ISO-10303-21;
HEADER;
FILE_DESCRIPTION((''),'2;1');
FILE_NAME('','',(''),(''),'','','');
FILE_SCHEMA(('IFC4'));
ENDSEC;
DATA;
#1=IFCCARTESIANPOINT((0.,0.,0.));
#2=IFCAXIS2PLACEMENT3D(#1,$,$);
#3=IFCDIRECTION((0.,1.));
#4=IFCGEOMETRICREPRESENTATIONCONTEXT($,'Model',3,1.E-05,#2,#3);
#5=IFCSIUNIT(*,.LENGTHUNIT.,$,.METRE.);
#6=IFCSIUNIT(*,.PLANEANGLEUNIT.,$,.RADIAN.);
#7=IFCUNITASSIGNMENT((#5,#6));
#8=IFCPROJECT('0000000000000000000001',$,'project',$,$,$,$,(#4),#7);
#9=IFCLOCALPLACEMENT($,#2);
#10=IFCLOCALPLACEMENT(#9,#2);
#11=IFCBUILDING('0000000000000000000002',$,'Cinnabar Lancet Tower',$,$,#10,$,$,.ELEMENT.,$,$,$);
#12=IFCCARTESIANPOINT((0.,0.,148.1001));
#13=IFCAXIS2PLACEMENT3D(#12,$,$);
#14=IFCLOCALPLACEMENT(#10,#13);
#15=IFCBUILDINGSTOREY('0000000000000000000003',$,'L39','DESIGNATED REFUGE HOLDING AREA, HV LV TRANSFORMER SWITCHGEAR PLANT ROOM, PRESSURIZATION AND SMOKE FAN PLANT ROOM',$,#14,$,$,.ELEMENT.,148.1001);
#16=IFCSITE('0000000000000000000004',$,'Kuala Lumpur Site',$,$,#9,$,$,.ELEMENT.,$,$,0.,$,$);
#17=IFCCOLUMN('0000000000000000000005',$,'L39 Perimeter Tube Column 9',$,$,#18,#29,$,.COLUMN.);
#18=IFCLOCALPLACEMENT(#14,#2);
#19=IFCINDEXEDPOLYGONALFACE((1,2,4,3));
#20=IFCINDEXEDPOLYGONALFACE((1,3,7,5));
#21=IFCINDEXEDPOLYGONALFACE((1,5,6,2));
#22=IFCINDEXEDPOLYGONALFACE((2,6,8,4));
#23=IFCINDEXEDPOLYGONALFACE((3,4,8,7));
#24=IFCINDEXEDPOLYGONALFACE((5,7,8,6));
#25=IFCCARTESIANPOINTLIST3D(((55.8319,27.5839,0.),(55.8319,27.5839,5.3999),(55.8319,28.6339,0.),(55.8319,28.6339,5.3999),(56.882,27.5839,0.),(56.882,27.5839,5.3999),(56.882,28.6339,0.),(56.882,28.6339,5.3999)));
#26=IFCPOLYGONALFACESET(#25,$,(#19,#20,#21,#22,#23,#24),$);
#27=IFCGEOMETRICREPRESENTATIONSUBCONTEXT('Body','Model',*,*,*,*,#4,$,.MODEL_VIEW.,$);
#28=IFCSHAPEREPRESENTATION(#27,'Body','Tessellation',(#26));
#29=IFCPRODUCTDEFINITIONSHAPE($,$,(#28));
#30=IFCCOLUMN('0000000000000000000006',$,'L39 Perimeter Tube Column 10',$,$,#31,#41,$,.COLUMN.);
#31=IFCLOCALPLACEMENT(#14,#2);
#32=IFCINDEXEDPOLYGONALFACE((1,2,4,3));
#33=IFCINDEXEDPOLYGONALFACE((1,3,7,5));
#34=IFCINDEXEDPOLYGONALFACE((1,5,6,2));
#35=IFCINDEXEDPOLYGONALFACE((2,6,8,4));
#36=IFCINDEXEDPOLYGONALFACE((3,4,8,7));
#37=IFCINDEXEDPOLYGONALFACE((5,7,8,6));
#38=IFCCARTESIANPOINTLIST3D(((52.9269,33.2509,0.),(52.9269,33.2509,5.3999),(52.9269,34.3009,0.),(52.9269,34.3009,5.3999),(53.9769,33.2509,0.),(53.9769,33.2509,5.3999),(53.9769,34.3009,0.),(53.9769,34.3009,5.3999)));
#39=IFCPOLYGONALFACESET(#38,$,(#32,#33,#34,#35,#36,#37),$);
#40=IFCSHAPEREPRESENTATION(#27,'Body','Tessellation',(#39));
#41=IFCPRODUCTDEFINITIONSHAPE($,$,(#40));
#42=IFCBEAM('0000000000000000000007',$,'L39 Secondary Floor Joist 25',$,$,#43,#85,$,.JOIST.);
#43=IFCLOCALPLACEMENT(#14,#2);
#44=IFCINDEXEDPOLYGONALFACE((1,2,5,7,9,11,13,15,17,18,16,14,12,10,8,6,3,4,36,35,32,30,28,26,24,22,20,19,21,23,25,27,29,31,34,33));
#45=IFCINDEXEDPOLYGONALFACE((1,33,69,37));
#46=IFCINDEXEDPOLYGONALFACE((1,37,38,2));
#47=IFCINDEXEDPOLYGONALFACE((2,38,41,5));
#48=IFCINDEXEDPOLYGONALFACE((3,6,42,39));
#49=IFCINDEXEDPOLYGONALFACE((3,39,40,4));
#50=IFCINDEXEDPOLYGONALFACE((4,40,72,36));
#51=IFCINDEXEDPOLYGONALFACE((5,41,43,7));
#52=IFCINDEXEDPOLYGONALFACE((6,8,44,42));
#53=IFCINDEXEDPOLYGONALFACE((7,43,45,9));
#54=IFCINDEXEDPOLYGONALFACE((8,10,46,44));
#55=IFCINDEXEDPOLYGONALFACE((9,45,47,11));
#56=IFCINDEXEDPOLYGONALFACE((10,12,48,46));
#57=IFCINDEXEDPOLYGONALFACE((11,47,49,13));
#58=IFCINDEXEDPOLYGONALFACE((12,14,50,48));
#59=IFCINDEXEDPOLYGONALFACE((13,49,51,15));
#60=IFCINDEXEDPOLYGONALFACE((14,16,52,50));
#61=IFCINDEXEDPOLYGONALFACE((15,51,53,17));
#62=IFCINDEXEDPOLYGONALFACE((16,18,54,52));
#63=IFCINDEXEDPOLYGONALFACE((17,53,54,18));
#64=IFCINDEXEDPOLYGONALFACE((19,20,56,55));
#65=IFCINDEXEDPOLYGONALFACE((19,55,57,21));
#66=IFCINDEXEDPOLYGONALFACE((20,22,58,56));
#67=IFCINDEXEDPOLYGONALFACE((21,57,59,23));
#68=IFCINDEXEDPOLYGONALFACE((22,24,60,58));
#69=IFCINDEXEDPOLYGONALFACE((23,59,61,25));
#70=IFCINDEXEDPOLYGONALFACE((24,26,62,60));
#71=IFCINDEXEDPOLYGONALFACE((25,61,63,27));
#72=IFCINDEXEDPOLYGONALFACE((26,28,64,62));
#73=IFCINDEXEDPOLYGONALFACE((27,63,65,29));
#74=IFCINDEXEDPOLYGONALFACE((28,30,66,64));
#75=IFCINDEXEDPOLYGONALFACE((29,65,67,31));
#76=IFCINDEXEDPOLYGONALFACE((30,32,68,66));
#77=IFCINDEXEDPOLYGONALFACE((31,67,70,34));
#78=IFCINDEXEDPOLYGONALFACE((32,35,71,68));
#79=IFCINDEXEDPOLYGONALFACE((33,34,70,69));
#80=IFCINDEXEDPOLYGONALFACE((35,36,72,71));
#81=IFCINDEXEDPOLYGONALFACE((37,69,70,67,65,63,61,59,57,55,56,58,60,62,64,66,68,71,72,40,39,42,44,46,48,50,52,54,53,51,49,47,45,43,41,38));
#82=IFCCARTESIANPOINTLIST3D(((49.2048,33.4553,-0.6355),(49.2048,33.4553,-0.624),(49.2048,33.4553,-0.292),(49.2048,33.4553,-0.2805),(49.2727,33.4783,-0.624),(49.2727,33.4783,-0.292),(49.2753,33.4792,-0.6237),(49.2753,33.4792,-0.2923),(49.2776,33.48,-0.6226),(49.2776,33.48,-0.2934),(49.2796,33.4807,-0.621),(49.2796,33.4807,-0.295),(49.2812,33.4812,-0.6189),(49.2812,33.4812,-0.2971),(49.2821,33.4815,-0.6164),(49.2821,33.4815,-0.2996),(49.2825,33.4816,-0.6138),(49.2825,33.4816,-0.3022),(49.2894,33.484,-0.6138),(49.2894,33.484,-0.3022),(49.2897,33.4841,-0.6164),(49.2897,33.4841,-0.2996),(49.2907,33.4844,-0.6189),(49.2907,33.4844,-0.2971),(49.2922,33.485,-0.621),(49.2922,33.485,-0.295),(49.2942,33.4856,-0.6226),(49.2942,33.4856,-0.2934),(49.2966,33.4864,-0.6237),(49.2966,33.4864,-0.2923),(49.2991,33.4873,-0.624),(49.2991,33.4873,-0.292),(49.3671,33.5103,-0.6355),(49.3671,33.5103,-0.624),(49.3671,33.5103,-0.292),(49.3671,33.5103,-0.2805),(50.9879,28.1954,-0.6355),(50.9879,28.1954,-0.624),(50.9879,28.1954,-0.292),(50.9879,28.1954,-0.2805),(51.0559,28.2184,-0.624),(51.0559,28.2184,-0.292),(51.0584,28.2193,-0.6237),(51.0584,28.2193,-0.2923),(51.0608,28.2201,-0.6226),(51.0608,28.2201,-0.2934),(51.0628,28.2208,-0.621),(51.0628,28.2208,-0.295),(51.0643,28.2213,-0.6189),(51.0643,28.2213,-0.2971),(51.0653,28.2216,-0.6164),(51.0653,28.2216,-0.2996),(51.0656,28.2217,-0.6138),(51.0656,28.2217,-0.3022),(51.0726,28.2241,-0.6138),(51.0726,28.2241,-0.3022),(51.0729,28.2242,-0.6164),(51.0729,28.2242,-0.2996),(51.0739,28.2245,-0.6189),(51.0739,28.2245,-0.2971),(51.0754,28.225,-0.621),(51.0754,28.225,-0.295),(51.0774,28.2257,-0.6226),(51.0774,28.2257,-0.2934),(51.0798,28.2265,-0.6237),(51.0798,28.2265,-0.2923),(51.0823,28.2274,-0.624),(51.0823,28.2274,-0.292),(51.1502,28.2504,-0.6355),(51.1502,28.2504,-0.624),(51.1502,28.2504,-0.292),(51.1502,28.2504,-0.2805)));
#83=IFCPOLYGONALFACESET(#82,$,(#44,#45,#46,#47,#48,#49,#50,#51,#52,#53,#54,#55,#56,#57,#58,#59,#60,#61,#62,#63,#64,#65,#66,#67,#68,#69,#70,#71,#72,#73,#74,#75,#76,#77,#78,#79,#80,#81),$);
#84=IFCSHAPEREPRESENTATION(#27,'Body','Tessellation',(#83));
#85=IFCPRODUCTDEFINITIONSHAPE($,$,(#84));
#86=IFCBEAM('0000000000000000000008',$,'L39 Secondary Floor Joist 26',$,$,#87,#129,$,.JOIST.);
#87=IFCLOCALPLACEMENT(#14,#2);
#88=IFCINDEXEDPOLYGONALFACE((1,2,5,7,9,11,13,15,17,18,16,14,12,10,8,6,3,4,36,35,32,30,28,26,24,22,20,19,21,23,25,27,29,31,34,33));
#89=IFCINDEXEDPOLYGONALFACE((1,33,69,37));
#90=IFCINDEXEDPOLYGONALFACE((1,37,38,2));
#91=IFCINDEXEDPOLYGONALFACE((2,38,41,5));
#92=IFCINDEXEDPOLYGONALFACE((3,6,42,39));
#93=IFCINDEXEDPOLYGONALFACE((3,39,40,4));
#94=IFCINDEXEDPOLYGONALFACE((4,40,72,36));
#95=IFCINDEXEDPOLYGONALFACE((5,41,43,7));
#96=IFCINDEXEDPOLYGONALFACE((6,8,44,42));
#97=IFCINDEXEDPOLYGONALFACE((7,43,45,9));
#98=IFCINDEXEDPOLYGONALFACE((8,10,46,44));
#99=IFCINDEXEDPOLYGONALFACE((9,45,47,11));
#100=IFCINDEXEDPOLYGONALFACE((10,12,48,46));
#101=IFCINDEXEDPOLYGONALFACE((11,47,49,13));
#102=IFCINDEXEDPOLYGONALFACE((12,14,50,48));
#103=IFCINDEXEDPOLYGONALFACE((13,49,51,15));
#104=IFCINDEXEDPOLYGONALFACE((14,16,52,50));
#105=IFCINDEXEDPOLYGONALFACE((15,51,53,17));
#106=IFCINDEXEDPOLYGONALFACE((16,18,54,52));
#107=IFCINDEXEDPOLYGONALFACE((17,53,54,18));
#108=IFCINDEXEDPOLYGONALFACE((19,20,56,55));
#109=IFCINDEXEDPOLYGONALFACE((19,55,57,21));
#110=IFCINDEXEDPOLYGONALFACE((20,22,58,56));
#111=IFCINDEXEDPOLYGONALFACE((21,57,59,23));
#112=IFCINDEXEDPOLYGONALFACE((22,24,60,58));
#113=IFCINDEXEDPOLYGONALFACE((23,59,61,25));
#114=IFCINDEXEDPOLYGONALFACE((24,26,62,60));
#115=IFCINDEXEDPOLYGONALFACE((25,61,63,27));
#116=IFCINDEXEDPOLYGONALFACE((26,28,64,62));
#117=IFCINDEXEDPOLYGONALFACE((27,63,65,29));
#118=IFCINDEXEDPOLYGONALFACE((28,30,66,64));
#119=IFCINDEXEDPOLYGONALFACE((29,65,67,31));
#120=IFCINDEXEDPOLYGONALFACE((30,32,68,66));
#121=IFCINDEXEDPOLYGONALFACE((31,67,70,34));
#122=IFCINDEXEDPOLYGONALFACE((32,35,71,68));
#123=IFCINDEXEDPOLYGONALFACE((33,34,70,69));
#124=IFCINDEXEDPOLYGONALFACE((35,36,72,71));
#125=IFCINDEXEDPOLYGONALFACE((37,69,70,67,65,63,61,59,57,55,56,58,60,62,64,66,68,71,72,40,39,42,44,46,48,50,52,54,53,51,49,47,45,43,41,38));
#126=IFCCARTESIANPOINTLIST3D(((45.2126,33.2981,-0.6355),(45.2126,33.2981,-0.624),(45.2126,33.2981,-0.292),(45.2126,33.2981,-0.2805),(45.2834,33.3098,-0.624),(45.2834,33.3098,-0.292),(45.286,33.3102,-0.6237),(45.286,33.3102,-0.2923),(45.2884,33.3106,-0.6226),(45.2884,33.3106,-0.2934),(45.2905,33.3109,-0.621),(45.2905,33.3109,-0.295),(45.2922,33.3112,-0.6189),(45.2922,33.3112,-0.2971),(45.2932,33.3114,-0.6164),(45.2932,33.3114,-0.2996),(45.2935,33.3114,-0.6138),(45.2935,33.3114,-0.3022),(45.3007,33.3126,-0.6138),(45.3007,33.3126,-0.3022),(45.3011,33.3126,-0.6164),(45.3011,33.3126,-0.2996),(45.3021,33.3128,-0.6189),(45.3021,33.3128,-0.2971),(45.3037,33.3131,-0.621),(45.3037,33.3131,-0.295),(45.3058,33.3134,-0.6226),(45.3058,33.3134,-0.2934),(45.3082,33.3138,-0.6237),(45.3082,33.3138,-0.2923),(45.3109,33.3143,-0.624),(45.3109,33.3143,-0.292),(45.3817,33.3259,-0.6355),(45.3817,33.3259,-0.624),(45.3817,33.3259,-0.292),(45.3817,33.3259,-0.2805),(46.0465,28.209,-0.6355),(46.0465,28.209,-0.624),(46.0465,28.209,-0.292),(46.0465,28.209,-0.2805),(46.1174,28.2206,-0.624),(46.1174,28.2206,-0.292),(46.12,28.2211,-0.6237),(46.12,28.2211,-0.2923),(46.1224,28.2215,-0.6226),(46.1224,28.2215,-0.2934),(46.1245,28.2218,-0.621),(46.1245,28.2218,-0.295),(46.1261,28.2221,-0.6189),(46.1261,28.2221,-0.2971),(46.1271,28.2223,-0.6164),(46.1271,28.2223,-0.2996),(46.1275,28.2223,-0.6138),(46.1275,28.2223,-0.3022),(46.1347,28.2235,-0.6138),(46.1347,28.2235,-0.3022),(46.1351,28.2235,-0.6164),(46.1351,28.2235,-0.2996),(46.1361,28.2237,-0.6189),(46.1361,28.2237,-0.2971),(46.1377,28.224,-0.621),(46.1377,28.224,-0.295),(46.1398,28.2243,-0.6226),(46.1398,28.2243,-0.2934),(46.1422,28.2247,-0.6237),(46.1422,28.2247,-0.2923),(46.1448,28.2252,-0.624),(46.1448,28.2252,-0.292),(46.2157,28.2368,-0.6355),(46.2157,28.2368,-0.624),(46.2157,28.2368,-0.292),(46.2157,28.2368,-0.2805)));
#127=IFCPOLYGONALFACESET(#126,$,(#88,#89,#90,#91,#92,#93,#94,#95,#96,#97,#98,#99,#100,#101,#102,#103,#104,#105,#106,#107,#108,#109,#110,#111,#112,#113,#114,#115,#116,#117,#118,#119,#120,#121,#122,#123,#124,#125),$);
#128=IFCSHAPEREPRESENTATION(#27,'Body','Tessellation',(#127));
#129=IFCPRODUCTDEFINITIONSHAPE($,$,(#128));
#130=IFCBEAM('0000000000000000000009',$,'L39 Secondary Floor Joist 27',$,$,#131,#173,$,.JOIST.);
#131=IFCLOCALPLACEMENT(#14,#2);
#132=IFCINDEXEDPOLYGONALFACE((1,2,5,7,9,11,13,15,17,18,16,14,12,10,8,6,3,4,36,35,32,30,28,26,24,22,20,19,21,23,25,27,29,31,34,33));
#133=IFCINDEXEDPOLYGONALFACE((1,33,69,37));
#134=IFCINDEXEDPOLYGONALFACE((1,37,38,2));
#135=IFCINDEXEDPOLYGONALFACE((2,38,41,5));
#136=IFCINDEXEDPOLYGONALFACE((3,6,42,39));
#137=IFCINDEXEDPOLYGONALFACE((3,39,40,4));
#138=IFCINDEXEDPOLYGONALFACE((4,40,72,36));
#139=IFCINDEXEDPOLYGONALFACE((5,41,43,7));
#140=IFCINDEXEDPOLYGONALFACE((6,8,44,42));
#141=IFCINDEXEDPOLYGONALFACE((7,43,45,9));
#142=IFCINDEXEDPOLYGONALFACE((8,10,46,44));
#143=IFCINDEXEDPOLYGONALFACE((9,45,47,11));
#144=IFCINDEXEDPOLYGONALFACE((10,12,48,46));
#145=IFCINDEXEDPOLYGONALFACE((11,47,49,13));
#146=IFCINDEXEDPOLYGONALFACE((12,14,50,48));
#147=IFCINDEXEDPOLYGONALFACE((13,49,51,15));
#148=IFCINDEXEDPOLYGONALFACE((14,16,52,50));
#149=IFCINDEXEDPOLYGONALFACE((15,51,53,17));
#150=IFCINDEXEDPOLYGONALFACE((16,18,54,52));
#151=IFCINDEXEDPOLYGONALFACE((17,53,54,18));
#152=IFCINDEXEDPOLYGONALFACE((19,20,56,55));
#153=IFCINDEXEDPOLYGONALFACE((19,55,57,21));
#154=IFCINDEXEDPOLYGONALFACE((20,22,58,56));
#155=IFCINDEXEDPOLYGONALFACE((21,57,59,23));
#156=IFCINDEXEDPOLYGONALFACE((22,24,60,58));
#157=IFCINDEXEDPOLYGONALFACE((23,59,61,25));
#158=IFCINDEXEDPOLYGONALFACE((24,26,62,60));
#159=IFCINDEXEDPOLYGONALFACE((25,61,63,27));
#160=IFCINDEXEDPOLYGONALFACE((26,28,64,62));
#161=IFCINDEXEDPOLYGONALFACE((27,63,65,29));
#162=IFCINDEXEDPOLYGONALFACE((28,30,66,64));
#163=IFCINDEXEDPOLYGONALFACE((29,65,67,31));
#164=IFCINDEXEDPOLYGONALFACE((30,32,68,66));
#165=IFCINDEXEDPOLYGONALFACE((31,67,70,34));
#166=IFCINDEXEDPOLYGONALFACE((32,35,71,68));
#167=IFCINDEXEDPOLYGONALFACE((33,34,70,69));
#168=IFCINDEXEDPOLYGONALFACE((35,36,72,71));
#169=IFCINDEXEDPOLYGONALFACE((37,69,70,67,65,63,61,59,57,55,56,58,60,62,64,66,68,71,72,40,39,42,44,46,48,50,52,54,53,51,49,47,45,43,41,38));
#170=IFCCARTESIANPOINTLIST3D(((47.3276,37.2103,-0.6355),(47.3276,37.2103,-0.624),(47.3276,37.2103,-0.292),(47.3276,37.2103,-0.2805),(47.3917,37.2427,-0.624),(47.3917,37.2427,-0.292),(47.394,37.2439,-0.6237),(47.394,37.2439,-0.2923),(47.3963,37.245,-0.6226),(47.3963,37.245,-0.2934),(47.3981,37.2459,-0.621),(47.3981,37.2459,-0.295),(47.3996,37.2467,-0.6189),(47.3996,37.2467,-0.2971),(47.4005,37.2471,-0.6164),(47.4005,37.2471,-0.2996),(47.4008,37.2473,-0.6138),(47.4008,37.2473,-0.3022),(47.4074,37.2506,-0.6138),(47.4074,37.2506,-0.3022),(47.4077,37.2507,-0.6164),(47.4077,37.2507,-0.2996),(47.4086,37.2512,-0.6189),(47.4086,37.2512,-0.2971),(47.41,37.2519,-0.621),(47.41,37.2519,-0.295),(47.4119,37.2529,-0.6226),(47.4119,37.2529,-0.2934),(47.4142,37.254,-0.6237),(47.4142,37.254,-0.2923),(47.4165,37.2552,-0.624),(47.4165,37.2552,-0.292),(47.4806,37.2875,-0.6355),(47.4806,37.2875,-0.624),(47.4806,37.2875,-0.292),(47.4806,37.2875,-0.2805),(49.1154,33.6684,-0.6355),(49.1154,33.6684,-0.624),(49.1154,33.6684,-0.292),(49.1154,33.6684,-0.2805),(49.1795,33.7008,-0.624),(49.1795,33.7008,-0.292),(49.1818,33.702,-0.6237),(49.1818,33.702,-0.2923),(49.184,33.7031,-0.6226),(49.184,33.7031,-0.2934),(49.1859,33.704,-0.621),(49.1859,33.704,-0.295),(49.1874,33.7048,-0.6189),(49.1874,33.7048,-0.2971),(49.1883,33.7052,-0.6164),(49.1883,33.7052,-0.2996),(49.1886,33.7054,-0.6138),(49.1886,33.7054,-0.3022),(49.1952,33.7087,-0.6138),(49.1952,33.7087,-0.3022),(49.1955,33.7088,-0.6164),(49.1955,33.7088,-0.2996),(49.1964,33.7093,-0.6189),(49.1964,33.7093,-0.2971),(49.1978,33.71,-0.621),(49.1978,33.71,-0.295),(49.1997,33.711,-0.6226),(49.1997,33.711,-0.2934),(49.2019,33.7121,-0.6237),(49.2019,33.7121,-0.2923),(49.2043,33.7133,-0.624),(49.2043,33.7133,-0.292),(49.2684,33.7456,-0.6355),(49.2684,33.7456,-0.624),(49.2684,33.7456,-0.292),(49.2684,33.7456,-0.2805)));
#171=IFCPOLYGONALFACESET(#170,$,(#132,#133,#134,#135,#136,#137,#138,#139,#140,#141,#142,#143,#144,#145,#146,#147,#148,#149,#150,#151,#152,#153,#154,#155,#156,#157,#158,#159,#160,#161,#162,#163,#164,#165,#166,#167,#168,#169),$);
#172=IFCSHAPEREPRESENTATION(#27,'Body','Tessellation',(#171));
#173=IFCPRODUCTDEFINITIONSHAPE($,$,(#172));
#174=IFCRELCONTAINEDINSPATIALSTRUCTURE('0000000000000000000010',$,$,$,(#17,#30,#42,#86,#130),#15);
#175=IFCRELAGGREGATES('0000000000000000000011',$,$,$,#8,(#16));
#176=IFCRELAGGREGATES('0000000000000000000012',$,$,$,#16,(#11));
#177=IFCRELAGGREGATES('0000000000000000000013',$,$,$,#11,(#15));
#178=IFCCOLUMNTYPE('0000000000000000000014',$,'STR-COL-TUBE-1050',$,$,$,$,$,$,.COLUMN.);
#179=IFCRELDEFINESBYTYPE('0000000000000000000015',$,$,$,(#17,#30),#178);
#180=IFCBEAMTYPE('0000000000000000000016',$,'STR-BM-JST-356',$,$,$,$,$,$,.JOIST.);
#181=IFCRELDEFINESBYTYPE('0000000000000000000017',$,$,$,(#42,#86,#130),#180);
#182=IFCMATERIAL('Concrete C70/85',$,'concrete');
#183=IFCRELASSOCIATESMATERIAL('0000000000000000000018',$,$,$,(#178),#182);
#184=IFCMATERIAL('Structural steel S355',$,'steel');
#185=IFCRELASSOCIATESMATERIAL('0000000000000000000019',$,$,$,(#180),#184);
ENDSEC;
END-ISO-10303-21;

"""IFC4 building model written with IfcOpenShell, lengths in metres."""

from ifc_helpers import new_model, si_unit, direction, frame, origin, origin_2d, place, context, subcontext, project, spatial, rectangle, i_section, extrude, material, material_profile, profile_set, type_object, element, save


model = new_model("IFC4")

# Units and contexts
model_context = context("Model", 3, precision=1e-05, world=origin(), true_north=direction((0.0, 1.0)))
body_context = subcontext(model_context, "Body", "Model", "MODEL_VIEW")
ifc_project = project(units=[si_unit("LENGTHUNIT", "METRE"), si_unit("PLANEANGLEUNIT", "RADIAN")], contexts=[model_context])

# Site, building, storey
site_placement = place(None, origin())
site = spatial("IfcSite", under=ifc_project, at=site_placement, Name="Kuala Lumpur Site", CompositionType="ELEMENT", RefElevation=0.0)
building_placement = place(site_placement, origin())
building = spatial("IfcBuilding", under=site, at=building_placement, Name="Cinnabar Lancet Tower", CompositionType="ELEMENT")
storey_placement = place(building_placement, frame((0.0, 0.0, 148.1001)))
storey = spatial("IfcBuildingStorey", under=building, at=storey_placement, Name="L39", Description="DESIGNATED REFUGE HOLDING AREA, HV LV TRANSFORMER SWITCHGEAR PLANT ROOM, PRESSURIZATION AND SMOKE FAN PLANT ROOM", CompositionType="ELEMENT", Elevation=148.1001)

# Columns
ifc_material_1 = material(Name="Concrete C70/85", Category="concrete")
ifc_material_profile_1 = material_profile(ifc_material_1, rectangle(XDim=1.05, YDim=1.05, at=origin_2d()), Name="RC-COL 1050x1050")
ifc_profile_set_1 = profile_set([ifc_material_profile_1], Name="Concrete C70/85")
column_type = type_object("IfcColumnType", Name="STR-COL-TUBE-1050", PredefinedType="COLUMN", material=ifc_profile_set_1)
for number, where, z_axis, x_axis, name in (
    (1, (56.3569, 28.1089, 0.0), (0.0, 0.0, 1.0), (1.0, 0.0, 0.0), "L39 Perimeter Tube Column 9"),
    (2, (53.4519, 33.7759, 0.0), (0.0, 0.0, 1.0), (1.0, 0.0, 0.0), "L39 Perimeter Tube Column 10"),
):
    element("IfcColumn", number, at=place(storey_placement, frame(where, z_axis=z_axis, x_axis=x_axis)), inside=storey, type_object=column_type, Name=name, PredefinedType="COLUMN", context=body_context, shape_type="SweptSolid", body=[
        extrude(rectangle(XDim=1.05, YDim=1.05, at=origin_2d()), origin(), (0.0, 0.0, 1.0), 5.3999),
    ])

# Beams
ifc_material_2 = material(Name="Structural steel S355", Category="steel")
ifc_material_profile_2 = material_profile(ifc_material_2, i_section(OverallWidth=0.1714, OverallDepth=0.355, WebThickness=0.0073, FlangeThickness=0.0115, FilletRadius=0.0103, at=origin_2d()), Name="UKB 356x171x51")
ifc_profile_set_2 = profile_set([ifc_material_profile_2], Name="Structural steel S355")
beam_type_1 = type_object("IfcBeamType", Name="STR-BM-JST-356", PredefinedType="JOIST", material=ifc_profile_set_2)
beam_1_placement = place(storey_placement, frame((51.0691, 28.2229, -0.458), z_axis=(-0.321063, 0.947058, 0.0), x_axis=(-0.947058, -0.321063, 0.0)))
element("IfcBeam", 3, at=beam_1_placement, inside=storey, type_object=beam_type_1, Name="L39 Secondary Floor Joist 25", PredefinedType="JOIST", context=body_context, shape_type="SweptSolid", body=[
    extrude(i_section(OverallWidth=0.1714, OverallDepth=0.355, WebThickness=0.0073, FlangeThickness=0.0115, FilletRadius=0.0103, at=origin_2d()), origin(), (0.0, 0.0, 1.0), 5.554),
])
beam_2_placement = place(storey_placement, frame((46.1311, 28.2229, -0.458), z_axis=(-0.161719, 0.986837, 0.0), x_axis=(-0.986837, -0.161719, 0.0)))
element("IfcBeam", 4, at=beam_2_placement, inside=storey, type_object=beam_type_1, Name="L39 Secondary Floor Joist 26", PredefinedType="JOIST", context=body_context, shape_type="SweptSolid", body=[
    extrude(i_section(OverallWidth=0.1714, OverallDepth=0.355, WebThickness=0.0073, FlangeThickness=0.0115, FilletRadius=0.0103, at=origin_2d()), origin(), (0.0, 0.0, 1.0), 5.157),
])
beam_3_placement = place(storey_placement, frame((49.1919, 33.707, -0.458), z_axis=(-0.450607, 0.892722, 0.0), x_axis=(-0.892722, -0.450607, 0.0)))
element("IfcBeam", 5, at=beam_3_placement, inside=storey, type_object=beam_type_1, Name="L39 Secondary Floor Joist 27", PredefinedType="JOIST", context=body_context, shape_type="SweptSolid", body=[
    extrude(i_section(OverallWidth=0.1714, OverallDepth=0.355, WebThickness=0.0073, FlangeThickness=0.0115, FilletRadius=0.0103, at=origin_2d()), origin(), (0.0, 0.0, 1.0), 3.9675),
])

save(model, "model.ifc")
